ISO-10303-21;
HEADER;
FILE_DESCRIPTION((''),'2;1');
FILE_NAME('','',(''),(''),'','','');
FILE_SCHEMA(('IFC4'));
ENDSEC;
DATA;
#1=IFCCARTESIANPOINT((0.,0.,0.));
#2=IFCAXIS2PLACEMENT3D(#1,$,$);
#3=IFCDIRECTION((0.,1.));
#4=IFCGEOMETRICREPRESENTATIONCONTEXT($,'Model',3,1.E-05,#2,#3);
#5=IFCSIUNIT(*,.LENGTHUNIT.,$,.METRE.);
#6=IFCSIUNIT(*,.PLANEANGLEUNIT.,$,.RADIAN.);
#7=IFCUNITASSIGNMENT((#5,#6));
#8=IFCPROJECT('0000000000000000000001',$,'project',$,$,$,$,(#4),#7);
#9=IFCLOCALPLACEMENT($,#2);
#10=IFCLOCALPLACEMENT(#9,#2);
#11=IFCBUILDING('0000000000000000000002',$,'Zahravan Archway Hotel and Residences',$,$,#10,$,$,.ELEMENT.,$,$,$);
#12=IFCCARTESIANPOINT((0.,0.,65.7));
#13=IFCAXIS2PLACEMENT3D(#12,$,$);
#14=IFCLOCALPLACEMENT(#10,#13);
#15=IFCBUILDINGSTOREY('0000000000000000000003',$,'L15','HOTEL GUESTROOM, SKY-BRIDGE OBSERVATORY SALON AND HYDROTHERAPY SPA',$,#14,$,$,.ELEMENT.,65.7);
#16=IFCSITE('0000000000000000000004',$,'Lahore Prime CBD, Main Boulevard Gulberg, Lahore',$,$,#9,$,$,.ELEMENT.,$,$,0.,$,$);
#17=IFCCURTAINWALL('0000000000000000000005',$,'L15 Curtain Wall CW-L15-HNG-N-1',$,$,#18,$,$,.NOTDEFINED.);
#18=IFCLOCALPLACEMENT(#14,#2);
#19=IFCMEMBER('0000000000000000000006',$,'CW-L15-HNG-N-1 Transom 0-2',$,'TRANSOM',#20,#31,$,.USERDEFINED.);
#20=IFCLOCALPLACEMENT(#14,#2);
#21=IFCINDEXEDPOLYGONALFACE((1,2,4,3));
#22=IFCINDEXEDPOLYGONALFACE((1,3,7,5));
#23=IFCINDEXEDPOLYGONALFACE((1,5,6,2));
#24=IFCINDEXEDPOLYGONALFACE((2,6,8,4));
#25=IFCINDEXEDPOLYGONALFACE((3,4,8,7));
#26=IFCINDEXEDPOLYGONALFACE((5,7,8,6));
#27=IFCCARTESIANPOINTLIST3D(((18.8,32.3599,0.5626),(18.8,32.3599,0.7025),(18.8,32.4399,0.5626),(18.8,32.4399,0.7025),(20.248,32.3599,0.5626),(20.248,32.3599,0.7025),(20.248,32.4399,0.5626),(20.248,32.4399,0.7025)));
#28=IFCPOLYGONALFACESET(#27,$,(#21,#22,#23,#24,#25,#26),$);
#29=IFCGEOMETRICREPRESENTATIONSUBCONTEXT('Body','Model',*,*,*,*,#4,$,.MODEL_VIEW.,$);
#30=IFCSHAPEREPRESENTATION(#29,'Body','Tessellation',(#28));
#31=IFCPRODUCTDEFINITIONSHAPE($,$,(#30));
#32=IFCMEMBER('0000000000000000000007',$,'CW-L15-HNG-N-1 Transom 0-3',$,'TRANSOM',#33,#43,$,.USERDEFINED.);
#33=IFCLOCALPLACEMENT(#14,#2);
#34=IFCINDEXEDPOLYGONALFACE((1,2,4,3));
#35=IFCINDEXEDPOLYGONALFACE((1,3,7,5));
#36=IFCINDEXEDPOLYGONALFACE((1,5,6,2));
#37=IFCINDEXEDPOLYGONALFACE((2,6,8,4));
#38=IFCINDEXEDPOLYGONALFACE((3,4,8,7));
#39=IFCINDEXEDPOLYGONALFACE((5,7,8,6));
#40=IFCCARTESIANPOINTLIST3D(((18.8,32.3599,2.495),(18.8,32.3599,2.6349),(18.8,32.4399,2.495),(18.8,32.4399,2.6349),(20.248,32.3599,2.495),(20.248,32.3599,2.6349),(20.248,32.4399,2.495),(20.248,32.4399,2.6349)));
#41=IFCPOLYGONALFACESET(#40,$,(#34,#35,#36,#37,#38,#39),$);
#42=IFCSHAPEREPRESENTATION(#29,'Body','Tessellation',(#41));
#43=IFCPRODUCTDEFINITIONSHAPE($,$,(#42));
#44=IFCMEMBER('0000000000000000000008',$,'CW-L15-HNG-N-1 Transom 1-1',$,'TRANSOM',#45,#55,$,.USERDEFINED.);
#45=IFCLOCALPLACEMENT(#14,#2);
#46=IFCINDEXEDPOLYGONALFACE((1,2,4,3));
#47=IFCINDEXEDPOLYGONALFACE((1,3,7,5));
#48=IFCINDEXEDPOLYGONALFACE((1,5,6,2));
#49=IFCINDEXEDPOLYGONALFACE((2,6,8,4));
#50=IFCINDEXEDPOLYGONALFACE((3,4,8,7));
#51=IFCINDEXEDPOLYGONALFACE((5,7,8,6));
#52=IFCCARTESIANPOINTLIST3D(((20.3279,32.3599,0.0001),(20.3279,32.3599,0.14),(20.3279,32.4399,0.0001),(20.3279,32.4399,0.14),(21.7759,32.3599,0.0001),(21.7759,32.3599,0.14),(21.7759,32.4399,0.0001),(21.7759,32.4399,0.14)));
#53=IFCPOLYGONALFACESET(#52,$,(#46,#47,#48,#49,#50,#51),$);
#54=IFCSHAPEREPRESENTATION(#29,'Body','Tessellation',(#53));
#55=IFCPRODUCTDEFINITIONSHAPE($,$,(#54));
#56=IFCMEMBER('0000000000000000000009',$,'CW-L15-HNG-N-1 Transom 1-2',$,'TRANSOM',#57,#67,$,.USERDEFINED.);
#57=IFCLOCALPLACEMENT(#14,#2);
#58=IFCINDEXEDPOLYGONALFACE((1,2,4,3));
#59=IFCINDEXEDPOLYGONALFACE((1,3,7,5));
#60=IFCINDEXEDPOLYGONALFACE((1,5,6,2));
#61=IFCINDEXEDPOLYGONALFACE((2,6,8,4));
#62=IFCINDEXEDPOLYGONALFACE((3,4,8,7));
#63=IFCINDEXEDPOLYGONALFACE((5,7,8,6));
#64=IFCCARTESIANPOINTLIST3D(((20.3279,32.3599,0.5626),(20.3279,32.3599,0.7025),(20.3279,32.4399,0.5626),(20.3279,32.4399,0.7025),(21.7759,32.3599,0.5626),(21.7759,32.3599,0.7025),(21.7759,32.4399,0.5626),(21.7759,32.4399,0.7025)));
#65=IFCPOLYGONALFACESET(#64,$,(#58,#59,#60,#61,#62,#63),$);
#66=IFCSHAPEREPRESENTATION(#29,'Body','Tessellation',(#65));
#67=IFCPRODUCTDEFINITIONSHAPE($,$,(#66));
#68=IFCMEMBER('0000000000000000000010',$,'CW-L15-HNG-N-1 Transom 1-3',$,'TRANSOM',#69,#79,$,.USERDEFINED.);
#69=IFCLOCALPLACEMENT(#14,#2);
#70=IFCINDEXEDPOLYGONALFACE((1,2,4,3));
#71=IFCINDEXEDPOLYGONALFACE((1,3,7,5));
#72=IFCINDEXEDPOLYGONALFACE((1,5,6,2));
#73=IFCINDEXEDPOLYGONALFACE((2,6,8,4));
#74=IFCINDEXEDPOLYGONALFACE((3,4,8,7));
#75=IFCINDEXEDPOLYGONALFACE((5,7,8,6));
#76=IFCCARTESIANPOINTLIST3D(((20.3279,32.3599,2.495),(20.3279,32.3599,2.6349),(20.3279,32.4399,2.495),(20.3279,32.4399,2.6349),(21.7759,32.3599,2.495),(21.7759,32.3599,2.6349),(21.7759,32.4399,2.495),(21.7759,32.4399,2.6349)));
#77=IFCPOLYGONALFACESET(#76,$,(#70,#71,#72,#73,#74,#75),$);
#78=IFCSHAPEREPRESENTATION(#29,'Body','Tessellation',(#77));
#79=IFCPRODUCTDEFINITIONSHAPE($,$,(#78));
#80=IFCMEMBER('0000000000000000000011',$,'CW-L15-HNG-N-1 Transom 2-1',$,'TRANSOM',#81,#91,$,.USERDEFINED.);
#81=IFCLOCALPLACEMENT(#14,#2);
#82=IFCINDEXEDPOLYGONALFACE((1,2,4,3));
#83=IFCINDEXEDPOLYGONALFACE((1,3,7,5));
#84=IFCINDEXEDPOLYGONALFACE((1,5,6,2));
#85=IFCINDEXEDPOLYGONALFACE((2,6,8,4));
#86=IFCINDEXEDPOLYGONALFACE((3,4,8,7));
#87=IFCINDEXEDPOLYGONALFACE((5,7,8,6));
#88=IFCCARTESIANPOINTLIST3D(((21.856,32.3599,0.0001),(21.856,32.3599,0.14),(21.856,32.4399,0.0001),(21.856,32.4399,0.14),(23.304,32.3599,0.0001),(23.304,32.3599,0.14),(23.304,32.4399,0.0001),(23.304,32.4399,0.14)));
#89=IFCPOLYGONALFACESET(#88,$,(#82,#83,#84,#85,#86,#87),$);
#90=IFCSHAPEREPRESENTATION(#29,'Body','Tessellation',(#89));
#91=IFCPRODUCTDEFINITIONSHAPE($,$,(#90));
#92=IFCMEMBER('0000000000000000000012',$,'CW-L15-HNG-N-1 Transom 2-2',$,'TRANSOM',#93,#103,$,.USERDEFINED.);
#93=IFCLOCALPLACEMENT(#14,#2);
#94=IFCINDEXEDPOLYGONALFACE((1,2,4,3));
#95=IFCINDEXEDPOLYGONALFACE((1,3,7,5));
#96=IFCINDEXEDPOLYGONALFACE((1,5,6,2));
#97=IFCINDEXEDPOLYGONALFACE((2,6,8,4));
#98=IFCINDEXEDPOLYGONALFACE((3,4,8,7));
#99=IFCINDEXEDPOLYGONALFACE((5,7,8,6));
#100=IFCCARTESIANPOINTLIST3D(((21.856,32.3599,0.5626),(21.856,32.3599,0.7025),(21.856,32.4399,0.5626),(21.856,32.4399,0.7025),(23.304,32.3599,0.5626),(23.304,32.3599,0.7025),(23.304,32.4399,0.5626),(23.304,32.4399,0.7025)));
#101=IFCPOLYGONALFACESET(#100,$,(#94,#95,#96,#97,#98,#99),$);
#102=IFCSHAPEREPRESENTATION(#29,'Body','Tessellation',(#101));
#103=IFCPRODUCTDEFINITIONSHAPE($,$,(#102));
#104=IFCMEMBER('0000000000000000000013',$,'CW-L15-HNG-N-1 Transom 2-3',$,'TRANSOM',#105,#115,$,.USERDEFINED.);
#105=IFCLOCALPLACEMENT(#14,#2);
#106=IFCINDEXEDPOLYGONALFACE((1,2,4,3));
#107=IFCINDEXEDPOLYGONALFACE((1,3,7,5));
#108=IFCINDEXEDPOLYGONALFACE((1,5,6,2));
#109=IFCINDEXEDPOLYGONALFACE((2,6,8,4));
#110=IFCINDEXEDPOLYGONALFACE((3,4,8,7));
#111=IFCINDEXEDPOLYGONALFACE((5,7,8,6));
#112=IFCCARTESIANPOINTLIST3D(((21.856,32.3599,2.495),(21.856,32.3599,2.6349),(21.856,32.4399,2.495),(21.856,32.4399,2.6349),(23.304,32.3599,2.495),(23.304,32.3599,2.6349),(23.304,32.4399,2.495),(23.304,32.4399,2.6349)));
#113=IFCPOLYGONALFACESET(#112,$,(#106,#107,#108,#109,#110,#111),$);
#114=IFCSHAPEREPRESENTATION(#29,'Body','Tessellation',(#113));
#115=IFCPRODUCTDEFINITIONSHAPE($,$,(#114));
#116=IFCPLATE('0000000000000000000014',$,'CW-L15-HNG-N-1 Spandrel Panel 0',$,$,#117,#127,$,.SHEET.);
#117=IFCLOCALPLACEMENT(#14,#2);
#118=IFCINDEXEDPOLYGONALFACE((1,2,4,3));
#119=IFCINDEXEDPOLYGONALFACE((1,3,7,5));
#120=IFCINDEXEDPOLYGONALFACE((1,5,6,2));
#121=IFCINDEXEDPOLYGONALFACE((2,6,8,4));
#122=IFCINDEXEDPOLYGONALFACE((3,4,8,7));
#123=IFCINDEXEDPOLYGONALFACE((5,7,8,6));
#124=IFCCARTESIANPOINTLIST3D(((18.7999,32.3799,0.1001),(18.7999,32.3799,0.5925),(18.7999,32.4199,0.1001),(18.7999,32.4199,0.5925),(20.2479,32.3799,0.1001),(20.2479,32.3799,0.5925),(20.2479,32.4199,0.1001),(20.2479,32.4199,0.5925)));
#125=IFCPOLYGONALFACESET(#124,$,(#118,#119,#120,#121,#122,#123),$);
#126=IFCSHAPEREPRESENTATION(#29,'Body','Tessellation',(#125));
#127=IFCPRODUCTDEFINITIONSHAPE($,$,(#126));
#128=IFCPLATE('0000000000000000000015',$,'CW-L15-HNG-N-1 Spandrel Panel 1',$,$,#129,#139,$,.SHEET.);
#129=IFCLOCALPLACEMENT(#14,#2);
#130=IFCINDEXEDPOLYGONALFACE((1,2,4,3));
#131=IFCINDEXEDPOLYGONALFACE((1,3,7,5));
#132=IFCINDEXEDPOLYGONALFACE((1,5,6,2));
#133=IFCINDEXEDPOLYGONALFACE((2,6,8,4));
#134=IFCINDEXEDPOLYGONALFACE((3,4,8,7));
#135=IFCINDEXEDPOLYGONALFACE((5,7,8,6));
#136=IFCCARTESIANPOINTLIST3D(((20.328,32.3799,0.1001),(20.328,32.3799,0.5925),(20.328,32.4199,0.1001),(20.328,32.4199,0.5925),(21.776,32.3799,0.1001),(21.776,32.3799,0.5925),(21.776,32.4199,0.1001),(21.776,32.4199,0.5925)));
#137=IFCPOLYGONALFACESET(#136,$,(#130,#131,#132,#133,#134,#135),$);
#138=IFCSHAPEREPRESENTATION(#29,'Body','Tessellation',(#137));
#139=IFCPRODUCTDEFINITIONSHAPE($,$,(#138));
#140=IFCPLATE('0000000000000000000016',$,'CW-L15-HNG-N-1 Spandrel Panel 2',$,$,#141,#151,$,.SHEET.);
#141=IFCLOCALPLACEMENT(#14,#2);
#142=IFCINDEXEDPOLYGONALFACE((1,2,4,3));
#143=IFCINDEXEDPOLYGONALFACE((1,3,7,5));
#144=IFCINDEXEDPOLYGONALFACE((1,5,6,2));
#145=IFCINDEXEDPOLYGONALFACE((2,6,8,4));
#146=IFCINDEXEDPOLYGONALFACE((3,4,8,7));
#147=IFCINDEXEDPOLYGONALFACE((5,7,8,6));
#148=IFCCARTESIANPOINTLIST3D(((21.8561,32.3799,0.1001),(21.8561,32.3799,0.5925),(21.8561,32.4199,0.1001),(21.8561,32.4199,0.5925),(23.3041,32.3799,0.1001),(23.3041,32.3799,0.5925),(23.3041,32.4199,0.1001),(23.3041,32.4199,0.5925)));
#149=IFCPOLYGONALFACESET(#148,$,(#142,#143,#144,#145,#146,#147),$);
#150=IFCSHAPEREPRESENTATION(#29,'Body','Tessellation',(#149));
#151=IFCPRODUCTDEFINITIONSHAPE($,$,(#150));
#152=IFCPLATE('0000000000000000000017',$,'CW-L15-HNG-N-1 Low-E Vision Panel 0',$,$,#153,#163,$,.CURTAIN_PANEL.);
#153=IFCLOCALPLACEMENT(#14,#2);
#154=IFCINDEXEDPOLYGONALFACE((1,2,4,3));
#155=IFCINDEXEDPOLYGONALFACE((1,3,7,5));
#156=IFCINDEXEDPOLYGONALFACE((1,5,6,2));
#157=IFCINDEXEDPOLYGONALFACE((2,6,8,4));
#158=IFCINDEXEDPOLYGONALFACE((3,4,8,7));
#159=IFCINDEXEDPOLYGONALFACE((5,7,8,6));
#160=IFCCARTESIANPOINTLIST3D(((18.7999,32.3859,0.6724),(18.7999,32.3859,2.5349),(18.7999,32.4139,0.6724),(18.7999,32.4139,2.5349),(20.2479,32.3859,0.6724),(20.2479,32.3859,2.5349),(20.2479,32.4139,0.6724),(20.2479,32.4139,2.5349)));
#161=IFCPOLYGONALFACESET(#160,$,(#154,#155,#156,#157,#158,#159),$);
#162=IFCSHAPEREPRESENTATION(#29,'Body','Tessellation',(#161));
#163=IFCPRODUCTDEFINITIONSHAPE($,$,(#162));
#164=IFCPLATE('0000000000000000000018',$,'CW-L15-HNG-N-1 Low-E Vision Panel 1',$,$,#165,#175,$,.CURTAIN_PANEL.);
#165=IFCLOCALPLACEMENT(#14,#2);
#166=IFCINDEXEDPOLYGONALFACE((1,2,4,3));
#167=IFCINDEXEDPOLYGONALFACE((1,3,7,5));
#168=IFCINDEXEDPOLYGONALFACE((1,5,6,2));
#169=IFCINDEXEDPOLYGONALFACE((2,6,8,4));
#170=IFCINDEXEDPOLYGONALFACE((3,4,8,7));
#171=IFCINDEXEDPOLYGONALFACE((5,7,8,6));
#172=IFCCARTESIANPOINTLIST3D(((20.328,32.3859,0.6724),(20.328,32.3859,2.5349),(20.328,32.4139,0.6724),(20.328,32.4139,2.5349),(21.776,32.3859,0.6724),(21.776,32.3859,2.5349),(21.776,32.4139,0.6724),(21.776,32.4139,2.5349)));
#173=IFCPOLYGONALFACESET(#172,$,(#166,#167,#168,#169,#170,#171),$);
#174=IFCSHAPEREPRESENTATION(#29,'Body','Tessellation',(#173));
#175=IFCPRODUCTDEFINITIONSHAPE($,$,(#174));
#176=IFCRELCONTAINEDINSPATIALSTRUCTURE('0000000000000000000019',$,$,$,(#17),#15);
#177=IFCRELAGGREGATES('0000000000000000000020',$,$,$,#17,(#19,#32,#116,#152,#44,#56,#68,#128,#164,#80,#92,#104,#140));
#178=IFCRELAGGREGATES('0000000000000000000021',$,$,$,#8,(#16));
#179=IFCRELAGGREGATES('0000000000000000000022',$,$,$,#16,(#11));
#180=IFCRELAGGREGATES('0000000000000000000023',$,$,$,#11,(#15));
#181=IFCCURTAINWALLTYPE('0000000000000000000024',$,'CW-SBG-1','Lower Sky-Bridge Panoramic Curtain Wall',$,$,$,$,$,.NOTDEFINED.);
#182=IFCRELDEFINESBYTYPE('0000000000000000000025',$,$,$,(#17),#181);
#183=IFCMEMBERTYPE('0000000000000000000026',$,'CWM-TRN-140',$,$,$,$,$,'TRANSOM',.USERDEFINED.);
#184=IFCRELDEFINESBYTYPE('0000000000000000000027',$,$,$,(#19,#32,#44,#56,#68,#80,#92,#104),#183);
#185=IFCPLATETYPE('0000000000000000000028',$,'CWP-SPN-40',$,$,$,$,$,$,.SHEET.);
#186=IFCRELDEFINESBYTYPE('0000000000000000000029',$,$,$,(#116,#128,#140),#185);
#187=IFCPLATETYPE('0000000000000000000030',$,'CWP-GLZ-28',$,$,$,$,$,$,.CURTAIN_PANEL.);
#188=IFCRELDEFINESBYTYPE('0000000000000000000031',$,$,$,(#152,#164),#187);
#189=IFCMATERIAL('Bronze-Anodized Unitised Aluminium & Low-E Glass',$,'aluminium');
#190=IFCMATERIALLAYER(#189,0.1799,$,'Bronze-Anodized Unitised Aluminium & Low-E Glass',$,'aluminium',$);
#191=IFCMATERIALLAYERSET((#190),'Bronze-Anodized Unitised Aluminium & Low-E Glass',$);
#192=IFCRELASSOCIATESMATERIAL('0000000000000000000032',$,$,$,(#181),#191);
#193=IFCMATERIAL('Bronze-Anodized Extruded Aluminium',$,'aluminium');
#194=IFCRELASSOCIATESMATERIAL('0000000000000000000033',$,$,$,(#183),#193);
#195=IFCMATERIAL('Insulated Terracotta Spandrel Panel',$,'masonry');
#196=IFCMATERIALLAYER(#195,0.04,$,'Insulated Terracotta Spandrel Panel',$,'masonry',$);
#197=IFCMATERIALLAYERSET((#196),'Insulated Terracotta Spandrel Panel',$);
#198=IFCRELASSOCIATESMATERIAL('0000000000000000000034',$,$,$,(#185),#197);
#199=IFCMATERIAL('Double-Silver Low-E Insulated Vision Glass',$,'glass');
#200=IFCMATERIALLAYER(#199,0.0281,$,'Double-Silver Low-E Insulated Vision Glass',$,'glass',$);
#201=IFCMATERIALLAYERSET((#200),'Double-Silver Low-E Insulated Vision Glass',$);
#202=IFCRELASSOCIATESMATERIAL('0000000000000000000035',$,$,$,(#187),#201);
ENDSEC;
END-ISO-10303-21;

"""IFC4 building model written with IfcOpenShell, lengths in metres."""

from ifc_helpers import new_model, si_unit, direction, frame, origin, origin_2d, place, context, subcontext, project, spatial, rectangle, extrude, source, transform, mapped, material, layer, layer_set, material_profile, profile_set, type_object, element, aggregate, save


model = new_model("IFC4")

# Units and contexts
model_context = context("Model", 3, precision=1e-05, world=origin(), true_north=direction((0.0, 1.0)))
body_context = subcontext(model_context, "Body", "Model", "MODEL_VIEW")
ifc_project = project(units=[si_unit("LENGTHUNIT", "METRE"), si_unit("PLANEANGLEUNIT", "RADIAN")], contexts=[model_context])

# Site, building, storey
site_placement = place(None, origin())
site = spatial("IfcSite", under=ifc_project, at=site_placement, Name="Lahore Prime CBD, Main Boulevard Gulberg, Lahore", CompositionType="ELEMENT", RefElevation=0.0)
building_placement = place(site_placement, origin())
building = spatial("IfcBuilding", under=site, at=building_placement, Name="Zahravan Archway Hotel and Residences", CompositionType="ELEMENT")
storey_placement = place(building_placement, frame((0.0, 0.0, 65.7)))
storey = spatial("IfcBuildingStorey", under=building, at=storey_placement, Name="L15", Description="HOTEL GUESTROOM, SKY-BRIDGE OBSERVATORY SALON AND HYDROTHERAPY SPA", CompositionType="ELEMENT", Elevation=65.7)

# Curtain wall, members, plates
ifc_material_1 = material(Name="Bronze-Anodized Unitised Aluminium & Low-E Glass", Category="aluminium")
ifc_layer_1 = layer(ifc_material_1, 0.1799, Name="Bronze-Anodized Unitised Aluminium & Low-E Glass", Category="aluminium")
ifc_layer_set_1 = layer_set([ifc_layer_1], Name="Bronze-Anodized Unitised Aluminium & Low-E Glass")
curtain_wall_type = type_object("IfcCurtainWallType", Name="CW-SBG-1", Description="Lower Sky-Bridge Panoramic Curtain Wall", PredefinedType="NOTDEFINED", material=ifc_layer_set_1)
curtain_wall_placement = place(storey_placement, origin())
curtain_wall = element("IfcCurtainWall", 1, at=curtain_wall_placement, inside=storey, type_object=curtain_wall_type, Name="L15 Curtain Wall CW-L15-HNG-N-1", PredefinedType="NOTDEFINED")
ifc_material_2 = material(Name="Bronze-Anodized Extruded Aluminium", Category="aluminium")
ifc_material_profile_1 = material_profile(ifc_material_2, rectangle(XDim=0.0801, YDim=0.1399, at=origin_2d()), Name="TRN 80x140", Category="aluminium")
ifc_profile_set_1 = profile_set([ifc_material_profile_1], Name="Bronze-Anodized Extruded Aluminium")
member_type_1 = type_object("IfcMemberType", Name="CWM-TRN-140", ElementType="TRANSOM", PredefinedType="USERDEFINED", material=ifc_profile_set_1)
shared_shape_1 = source(origin(), body_context, "Body", "SweptSolid", [
    extrude(rectangle(XDim=0.0801, YDim=0.1399, at=origin_2d()), origin(), (0.0, 0.0, 1.0), 1.448),
])
member_1_placement = place(storey_placement, frame((18.8, 32.3999, 0.6326), z_axis=(1.0, 0.0, 0.0), x_axis=(0.0, 1.0, 0.0)))
member_1 = element("IfcMember", 2, at=member_1_placement, type_object=member_type_1, Name="CW-L15-HNG-N-1 Transom 0-2", ObjectType="TRANSOM", PredefinedType="USERDEFINED", context=body_context, shape_type="MappedRepresentation", body=[
    mapped(shared_shape_1, transform((0.0, 0.0, 0.0), scale=1.0)),
])
member_2_placement = place(storey_placement, frame((18.8, 32.3999, 2.5649), z_axis=(1.0, 0.0, 0.0), x_axis=(0.0, 1.0, 0.0)))
member_2 = element("IfcMember", 3, at=member_2_placement, type_object=member_type_1, Name="CW-L15-HNG-N-1 Transom 0-3", ObjectType="TRANSOM", PredefinedType="USERDEFINED", context=body_context, shape_type="MappedRepresentation", body=[
    mapped(shared_shape_1, transform((0.0, 0.0, 0.0), scale=1.0)),
])
member_3_placement = place(storey_placement, frame((20.3279, 32.3999, 0.0701), z_axis=(1.0, 0.0, 0.0), x_axis=(0.0, 1.0, 0.0)))
member_3 = element("IfcMember", 4, at=member_3_placement, type_object=member_type_1, Name="CW-L15-HNG-N-1 Transom 1-1", ObjectType="TRANSOM", PredefinedType="USERDEFINED", context=body_context, shape_type="MappedRepresentation", body=[
    mapped(shared_shape_1, transform((0.0, 0.0, 0.0), scale=1.0)),
])
member_4_placement = place(storey_placement, frame((20.3279, 32.3999, 0.6326), z_axis=(1.0, 0.0, 0.0), x_axis=(0.0, 1.0, 0.0)))
member_4 = element("IfcMember", 5, at=member_4_placement, type_object=member_type_1, Name="CW-L15-HNG-N-1 Transom 1-2", ObjectType="TRANSOM", PredefinedType="USERDEFINED", context=body_context, shape_type="MappedRepresentation", body=[
    mapped(shared_shape_1, transform((0.0, 0.0, 0.0), scale=1.0)),
])
member_5_placement = place(storey_placement, frame((20.3279, 32.3999, 2.5649), z_axis=(1.0, 0.0, 0.0), x_axis=(0.0, 1.0, 0.0)))
member_5 = element("IfcMember", 6, at=member_5_placement, type_object=member_type_1, Name="CW-L15-HNG-N-1 Transom 1-3", ObjectType="TRANSOM", PredefinedType="USERDEFINED", context=body_context, shape_type="MappedRepresentation", body=[
    mapped(shared_shape_1, transform((0.0, 0.0, 0.0), scale=1.0)),
])
member_6_placement = place(storey_placement, frame((21.856, 32.3999, 0.0701), z_axis=(1.0, 0.0, 0.0), x_axis=(0.0, 1.0, 0.0)))
member_6 = element("IfcMember", 7, at=member_6_placement, type_object=member_type_1, Name="CW-L15-HNG-N-1 Transom 2-1", ObjectType="TRANSOM", PredefinedType="USERDEFINED", context=body_context, shape_type="MappedRepresentation", body=[
    mapped(shared_shape_1, transform((0.0, 0.0, 0.0), scale=1.0)),
])
member_7_placement = place(storey_placement, frame((21.856, 32.3999, 0.6326), z_axis=(1.0, 0.0, 0.0), x_axis=(0.0, 1.0, 0.0)))
member_7 = element("IfcMember", 8, at=member_7_placement, type_object=member_type_1, Name="CW-L15-HNG-N-1 Transom 2-2", ObjectType="TRANSOM", PredefinedType="USERDEFINED", context=body_context, shape_type="MappedRepresentation", body=[
    mapped(shared_shape_1, transform((0.0, 0.0, 0.0), scale=1.0)),
])
member_8_placement = place(storey_placement, frame((21.856, 32.3999, 2.5649), z_axis=(1.0, 0.0, 0.0), x_axis=(0.0, 1.0, 0.0)))
member_8 = element("IfcMember", 9, at=member_8_placement, type_object=member_type_1, Name="CW-L15-HNG-N-1 Transom 2-3", ObjectType="TRANSOM", PredefinedType="USERDEFINED", context=body_context, shape_type="MappedRepresentation", body=[
    mapped(shared_shape_1, transform((0.0, 0.0, 0.0), scale=1.0)),
])
ifc_material_3 = material(Name="Insulated Terracotta Spandrel Panel", Category="masonry")
ifc_layer_2 = layer(ifc_material_3, 0.04, Name="Insulated Terracotta Spandrel Panel", Category="masonry")
ifc_layer_set_2 = layer_set([ifc_layer_2], Name="Insulated Terracotta Spandrel Panel")
plate_type_1 = type_object("IfcPlateType", Name="CWP-SPN-40", PredefinedType="SHEET", material=ifc_layer_set_2)
shared_shape_2 = source(origin(), body_context, "Body", "SweptSolid", [
    extrude(rectangle(XDim=1.448, YDim=0.04, at=origin_2d()), origin(), (0.0, 0.0, 1.0), 0.4924),
])
plate_1_placement = place(storey_placement, frame((19.5239, 32.3999, 0.1001), z_axis=(0.0, 0.0, 1.0), x_axis=(1.0, 0.0, 0.0)))
plate_1 = element("IfcPlate", 10, at=plate_1_placement, type_object=plate_type_1, Name="CW-L15-HNG-N-1 Spandrel Panel 0", PredefinedType="SHEET", context=body_context, shape_type="MappedRepresentation", body=[
    mapped(shared_shape_2, transform((0.0, 0.0, 0.0), scale=1.0)),
])
plate_2_placement = place(storey_placement, frame((21.052, 32.3999, 0.1001), z_axis=(0.0, 0.0, 1.0), x_axis=(1.0, 0.0, 0.0)))
plate_2 = element("IfcPlate", 11, at=plate_2_placement, type_object=plate_type_1, Name="CW-L15-HNG-N-1 Spandrel Panel 1", PredefinedType="SHEET", context=body_context, shape_type="MappedRepresentation", body=[
    mapped(shared_shape_2, transform((0.0, 0.0, 0.0), scale=1.0)),
])
plate_3_placement = place(storey_placement, frame((22.5801, 32.3999, 0.1001), z_axis=(0.0, 0.0, 1.0), x_axis=(1.0, 0.0, 0.0)))
plate_3 = element("IfcPlate", 12, at=plate_3_placement, type_object=plate_type_1, Name="CW-L15-HNG-N-1 Spandrel Panel 2", PredefinedType="SHEET", context=body_context, shape_type="MappedRepresentation", body=[
    mapped(shared_shape_2, transform((0.0, 0.0, 0.0), scale=1.0)),
])
ifc_material_4 = material(Name="Double-Silver Low-E Insulated Vision Glass", Category="glass")
ifc_layer_3 = layer(ifc_material_4, 0.0281, Name="Double-Silver Low-E Insulated Vision Glass", Category="glass")
ifc_layer_set_3 = layer_set([ifc_layer_3], Name="Double-Silver Low-E Insulated Vision Glass")
plate_type_2 = type_object("IfcPlateType", Name="CWP-GLZ-28", PredefinedType="CURTAIN_PANEL", material=ifc_layer_set_3)
shared_shape_3 = source(origin(), body_context, "Body", "SweptSolid", [
    extrude(rectangle(XDim=1.448, YDim=0.0281, at=origin_2d()), origin(), (0.0, 0.0, 1.0), 1.8625),
])
plate_4_placement = place(storey_placement, frame((19.5239, 32.3999, 0.6724), z_axis=(0.0, 0.0, 1.0), x_axis=(1.0, 0.0, 0.0)))
plate_4 = element("IfcPlate", 13, at=plate_4_placement, type_object=plate_type_2, Name="CW-L15-HNG-N-1 Low-E Vision Panel 0", PredefinedType="CURTAIN_PANEL", context=body_context, shape_type="MappedRepresentation", body=[
    mapped(shared_shape_3, transform((0.0, 0.0, 0.0), scale=1.0)),
])
plate_5_placement = place(storey_placement, frame((21.052, 32.3999, 0.6724), z_axis=(0.0, 0.0, 1.0), x_axis=(1.0, 0.0, 0.0)))
plate_5 = element("IfcPlate", 14, at=plate_5_placement, type_object=plate_type_2, Name="CW-L15-HNG-N-1 Low-E Vision Panel 1", PredefinedType="CURTAIN_PANEL", context=body_context, shape_type="MappedRepresentation", body=[
    mapped(shared_shape_3, transform((0.0, 0.0, 0.0), scale=1.0)),
])
aggregate(curtain_wall, [member_1, member_2, plate_1, plate_4, member_3, member_4, member_5, plate_2, plate_5, member_6, member_7, member_8, plate_3])

save(model, "model.ifc")
